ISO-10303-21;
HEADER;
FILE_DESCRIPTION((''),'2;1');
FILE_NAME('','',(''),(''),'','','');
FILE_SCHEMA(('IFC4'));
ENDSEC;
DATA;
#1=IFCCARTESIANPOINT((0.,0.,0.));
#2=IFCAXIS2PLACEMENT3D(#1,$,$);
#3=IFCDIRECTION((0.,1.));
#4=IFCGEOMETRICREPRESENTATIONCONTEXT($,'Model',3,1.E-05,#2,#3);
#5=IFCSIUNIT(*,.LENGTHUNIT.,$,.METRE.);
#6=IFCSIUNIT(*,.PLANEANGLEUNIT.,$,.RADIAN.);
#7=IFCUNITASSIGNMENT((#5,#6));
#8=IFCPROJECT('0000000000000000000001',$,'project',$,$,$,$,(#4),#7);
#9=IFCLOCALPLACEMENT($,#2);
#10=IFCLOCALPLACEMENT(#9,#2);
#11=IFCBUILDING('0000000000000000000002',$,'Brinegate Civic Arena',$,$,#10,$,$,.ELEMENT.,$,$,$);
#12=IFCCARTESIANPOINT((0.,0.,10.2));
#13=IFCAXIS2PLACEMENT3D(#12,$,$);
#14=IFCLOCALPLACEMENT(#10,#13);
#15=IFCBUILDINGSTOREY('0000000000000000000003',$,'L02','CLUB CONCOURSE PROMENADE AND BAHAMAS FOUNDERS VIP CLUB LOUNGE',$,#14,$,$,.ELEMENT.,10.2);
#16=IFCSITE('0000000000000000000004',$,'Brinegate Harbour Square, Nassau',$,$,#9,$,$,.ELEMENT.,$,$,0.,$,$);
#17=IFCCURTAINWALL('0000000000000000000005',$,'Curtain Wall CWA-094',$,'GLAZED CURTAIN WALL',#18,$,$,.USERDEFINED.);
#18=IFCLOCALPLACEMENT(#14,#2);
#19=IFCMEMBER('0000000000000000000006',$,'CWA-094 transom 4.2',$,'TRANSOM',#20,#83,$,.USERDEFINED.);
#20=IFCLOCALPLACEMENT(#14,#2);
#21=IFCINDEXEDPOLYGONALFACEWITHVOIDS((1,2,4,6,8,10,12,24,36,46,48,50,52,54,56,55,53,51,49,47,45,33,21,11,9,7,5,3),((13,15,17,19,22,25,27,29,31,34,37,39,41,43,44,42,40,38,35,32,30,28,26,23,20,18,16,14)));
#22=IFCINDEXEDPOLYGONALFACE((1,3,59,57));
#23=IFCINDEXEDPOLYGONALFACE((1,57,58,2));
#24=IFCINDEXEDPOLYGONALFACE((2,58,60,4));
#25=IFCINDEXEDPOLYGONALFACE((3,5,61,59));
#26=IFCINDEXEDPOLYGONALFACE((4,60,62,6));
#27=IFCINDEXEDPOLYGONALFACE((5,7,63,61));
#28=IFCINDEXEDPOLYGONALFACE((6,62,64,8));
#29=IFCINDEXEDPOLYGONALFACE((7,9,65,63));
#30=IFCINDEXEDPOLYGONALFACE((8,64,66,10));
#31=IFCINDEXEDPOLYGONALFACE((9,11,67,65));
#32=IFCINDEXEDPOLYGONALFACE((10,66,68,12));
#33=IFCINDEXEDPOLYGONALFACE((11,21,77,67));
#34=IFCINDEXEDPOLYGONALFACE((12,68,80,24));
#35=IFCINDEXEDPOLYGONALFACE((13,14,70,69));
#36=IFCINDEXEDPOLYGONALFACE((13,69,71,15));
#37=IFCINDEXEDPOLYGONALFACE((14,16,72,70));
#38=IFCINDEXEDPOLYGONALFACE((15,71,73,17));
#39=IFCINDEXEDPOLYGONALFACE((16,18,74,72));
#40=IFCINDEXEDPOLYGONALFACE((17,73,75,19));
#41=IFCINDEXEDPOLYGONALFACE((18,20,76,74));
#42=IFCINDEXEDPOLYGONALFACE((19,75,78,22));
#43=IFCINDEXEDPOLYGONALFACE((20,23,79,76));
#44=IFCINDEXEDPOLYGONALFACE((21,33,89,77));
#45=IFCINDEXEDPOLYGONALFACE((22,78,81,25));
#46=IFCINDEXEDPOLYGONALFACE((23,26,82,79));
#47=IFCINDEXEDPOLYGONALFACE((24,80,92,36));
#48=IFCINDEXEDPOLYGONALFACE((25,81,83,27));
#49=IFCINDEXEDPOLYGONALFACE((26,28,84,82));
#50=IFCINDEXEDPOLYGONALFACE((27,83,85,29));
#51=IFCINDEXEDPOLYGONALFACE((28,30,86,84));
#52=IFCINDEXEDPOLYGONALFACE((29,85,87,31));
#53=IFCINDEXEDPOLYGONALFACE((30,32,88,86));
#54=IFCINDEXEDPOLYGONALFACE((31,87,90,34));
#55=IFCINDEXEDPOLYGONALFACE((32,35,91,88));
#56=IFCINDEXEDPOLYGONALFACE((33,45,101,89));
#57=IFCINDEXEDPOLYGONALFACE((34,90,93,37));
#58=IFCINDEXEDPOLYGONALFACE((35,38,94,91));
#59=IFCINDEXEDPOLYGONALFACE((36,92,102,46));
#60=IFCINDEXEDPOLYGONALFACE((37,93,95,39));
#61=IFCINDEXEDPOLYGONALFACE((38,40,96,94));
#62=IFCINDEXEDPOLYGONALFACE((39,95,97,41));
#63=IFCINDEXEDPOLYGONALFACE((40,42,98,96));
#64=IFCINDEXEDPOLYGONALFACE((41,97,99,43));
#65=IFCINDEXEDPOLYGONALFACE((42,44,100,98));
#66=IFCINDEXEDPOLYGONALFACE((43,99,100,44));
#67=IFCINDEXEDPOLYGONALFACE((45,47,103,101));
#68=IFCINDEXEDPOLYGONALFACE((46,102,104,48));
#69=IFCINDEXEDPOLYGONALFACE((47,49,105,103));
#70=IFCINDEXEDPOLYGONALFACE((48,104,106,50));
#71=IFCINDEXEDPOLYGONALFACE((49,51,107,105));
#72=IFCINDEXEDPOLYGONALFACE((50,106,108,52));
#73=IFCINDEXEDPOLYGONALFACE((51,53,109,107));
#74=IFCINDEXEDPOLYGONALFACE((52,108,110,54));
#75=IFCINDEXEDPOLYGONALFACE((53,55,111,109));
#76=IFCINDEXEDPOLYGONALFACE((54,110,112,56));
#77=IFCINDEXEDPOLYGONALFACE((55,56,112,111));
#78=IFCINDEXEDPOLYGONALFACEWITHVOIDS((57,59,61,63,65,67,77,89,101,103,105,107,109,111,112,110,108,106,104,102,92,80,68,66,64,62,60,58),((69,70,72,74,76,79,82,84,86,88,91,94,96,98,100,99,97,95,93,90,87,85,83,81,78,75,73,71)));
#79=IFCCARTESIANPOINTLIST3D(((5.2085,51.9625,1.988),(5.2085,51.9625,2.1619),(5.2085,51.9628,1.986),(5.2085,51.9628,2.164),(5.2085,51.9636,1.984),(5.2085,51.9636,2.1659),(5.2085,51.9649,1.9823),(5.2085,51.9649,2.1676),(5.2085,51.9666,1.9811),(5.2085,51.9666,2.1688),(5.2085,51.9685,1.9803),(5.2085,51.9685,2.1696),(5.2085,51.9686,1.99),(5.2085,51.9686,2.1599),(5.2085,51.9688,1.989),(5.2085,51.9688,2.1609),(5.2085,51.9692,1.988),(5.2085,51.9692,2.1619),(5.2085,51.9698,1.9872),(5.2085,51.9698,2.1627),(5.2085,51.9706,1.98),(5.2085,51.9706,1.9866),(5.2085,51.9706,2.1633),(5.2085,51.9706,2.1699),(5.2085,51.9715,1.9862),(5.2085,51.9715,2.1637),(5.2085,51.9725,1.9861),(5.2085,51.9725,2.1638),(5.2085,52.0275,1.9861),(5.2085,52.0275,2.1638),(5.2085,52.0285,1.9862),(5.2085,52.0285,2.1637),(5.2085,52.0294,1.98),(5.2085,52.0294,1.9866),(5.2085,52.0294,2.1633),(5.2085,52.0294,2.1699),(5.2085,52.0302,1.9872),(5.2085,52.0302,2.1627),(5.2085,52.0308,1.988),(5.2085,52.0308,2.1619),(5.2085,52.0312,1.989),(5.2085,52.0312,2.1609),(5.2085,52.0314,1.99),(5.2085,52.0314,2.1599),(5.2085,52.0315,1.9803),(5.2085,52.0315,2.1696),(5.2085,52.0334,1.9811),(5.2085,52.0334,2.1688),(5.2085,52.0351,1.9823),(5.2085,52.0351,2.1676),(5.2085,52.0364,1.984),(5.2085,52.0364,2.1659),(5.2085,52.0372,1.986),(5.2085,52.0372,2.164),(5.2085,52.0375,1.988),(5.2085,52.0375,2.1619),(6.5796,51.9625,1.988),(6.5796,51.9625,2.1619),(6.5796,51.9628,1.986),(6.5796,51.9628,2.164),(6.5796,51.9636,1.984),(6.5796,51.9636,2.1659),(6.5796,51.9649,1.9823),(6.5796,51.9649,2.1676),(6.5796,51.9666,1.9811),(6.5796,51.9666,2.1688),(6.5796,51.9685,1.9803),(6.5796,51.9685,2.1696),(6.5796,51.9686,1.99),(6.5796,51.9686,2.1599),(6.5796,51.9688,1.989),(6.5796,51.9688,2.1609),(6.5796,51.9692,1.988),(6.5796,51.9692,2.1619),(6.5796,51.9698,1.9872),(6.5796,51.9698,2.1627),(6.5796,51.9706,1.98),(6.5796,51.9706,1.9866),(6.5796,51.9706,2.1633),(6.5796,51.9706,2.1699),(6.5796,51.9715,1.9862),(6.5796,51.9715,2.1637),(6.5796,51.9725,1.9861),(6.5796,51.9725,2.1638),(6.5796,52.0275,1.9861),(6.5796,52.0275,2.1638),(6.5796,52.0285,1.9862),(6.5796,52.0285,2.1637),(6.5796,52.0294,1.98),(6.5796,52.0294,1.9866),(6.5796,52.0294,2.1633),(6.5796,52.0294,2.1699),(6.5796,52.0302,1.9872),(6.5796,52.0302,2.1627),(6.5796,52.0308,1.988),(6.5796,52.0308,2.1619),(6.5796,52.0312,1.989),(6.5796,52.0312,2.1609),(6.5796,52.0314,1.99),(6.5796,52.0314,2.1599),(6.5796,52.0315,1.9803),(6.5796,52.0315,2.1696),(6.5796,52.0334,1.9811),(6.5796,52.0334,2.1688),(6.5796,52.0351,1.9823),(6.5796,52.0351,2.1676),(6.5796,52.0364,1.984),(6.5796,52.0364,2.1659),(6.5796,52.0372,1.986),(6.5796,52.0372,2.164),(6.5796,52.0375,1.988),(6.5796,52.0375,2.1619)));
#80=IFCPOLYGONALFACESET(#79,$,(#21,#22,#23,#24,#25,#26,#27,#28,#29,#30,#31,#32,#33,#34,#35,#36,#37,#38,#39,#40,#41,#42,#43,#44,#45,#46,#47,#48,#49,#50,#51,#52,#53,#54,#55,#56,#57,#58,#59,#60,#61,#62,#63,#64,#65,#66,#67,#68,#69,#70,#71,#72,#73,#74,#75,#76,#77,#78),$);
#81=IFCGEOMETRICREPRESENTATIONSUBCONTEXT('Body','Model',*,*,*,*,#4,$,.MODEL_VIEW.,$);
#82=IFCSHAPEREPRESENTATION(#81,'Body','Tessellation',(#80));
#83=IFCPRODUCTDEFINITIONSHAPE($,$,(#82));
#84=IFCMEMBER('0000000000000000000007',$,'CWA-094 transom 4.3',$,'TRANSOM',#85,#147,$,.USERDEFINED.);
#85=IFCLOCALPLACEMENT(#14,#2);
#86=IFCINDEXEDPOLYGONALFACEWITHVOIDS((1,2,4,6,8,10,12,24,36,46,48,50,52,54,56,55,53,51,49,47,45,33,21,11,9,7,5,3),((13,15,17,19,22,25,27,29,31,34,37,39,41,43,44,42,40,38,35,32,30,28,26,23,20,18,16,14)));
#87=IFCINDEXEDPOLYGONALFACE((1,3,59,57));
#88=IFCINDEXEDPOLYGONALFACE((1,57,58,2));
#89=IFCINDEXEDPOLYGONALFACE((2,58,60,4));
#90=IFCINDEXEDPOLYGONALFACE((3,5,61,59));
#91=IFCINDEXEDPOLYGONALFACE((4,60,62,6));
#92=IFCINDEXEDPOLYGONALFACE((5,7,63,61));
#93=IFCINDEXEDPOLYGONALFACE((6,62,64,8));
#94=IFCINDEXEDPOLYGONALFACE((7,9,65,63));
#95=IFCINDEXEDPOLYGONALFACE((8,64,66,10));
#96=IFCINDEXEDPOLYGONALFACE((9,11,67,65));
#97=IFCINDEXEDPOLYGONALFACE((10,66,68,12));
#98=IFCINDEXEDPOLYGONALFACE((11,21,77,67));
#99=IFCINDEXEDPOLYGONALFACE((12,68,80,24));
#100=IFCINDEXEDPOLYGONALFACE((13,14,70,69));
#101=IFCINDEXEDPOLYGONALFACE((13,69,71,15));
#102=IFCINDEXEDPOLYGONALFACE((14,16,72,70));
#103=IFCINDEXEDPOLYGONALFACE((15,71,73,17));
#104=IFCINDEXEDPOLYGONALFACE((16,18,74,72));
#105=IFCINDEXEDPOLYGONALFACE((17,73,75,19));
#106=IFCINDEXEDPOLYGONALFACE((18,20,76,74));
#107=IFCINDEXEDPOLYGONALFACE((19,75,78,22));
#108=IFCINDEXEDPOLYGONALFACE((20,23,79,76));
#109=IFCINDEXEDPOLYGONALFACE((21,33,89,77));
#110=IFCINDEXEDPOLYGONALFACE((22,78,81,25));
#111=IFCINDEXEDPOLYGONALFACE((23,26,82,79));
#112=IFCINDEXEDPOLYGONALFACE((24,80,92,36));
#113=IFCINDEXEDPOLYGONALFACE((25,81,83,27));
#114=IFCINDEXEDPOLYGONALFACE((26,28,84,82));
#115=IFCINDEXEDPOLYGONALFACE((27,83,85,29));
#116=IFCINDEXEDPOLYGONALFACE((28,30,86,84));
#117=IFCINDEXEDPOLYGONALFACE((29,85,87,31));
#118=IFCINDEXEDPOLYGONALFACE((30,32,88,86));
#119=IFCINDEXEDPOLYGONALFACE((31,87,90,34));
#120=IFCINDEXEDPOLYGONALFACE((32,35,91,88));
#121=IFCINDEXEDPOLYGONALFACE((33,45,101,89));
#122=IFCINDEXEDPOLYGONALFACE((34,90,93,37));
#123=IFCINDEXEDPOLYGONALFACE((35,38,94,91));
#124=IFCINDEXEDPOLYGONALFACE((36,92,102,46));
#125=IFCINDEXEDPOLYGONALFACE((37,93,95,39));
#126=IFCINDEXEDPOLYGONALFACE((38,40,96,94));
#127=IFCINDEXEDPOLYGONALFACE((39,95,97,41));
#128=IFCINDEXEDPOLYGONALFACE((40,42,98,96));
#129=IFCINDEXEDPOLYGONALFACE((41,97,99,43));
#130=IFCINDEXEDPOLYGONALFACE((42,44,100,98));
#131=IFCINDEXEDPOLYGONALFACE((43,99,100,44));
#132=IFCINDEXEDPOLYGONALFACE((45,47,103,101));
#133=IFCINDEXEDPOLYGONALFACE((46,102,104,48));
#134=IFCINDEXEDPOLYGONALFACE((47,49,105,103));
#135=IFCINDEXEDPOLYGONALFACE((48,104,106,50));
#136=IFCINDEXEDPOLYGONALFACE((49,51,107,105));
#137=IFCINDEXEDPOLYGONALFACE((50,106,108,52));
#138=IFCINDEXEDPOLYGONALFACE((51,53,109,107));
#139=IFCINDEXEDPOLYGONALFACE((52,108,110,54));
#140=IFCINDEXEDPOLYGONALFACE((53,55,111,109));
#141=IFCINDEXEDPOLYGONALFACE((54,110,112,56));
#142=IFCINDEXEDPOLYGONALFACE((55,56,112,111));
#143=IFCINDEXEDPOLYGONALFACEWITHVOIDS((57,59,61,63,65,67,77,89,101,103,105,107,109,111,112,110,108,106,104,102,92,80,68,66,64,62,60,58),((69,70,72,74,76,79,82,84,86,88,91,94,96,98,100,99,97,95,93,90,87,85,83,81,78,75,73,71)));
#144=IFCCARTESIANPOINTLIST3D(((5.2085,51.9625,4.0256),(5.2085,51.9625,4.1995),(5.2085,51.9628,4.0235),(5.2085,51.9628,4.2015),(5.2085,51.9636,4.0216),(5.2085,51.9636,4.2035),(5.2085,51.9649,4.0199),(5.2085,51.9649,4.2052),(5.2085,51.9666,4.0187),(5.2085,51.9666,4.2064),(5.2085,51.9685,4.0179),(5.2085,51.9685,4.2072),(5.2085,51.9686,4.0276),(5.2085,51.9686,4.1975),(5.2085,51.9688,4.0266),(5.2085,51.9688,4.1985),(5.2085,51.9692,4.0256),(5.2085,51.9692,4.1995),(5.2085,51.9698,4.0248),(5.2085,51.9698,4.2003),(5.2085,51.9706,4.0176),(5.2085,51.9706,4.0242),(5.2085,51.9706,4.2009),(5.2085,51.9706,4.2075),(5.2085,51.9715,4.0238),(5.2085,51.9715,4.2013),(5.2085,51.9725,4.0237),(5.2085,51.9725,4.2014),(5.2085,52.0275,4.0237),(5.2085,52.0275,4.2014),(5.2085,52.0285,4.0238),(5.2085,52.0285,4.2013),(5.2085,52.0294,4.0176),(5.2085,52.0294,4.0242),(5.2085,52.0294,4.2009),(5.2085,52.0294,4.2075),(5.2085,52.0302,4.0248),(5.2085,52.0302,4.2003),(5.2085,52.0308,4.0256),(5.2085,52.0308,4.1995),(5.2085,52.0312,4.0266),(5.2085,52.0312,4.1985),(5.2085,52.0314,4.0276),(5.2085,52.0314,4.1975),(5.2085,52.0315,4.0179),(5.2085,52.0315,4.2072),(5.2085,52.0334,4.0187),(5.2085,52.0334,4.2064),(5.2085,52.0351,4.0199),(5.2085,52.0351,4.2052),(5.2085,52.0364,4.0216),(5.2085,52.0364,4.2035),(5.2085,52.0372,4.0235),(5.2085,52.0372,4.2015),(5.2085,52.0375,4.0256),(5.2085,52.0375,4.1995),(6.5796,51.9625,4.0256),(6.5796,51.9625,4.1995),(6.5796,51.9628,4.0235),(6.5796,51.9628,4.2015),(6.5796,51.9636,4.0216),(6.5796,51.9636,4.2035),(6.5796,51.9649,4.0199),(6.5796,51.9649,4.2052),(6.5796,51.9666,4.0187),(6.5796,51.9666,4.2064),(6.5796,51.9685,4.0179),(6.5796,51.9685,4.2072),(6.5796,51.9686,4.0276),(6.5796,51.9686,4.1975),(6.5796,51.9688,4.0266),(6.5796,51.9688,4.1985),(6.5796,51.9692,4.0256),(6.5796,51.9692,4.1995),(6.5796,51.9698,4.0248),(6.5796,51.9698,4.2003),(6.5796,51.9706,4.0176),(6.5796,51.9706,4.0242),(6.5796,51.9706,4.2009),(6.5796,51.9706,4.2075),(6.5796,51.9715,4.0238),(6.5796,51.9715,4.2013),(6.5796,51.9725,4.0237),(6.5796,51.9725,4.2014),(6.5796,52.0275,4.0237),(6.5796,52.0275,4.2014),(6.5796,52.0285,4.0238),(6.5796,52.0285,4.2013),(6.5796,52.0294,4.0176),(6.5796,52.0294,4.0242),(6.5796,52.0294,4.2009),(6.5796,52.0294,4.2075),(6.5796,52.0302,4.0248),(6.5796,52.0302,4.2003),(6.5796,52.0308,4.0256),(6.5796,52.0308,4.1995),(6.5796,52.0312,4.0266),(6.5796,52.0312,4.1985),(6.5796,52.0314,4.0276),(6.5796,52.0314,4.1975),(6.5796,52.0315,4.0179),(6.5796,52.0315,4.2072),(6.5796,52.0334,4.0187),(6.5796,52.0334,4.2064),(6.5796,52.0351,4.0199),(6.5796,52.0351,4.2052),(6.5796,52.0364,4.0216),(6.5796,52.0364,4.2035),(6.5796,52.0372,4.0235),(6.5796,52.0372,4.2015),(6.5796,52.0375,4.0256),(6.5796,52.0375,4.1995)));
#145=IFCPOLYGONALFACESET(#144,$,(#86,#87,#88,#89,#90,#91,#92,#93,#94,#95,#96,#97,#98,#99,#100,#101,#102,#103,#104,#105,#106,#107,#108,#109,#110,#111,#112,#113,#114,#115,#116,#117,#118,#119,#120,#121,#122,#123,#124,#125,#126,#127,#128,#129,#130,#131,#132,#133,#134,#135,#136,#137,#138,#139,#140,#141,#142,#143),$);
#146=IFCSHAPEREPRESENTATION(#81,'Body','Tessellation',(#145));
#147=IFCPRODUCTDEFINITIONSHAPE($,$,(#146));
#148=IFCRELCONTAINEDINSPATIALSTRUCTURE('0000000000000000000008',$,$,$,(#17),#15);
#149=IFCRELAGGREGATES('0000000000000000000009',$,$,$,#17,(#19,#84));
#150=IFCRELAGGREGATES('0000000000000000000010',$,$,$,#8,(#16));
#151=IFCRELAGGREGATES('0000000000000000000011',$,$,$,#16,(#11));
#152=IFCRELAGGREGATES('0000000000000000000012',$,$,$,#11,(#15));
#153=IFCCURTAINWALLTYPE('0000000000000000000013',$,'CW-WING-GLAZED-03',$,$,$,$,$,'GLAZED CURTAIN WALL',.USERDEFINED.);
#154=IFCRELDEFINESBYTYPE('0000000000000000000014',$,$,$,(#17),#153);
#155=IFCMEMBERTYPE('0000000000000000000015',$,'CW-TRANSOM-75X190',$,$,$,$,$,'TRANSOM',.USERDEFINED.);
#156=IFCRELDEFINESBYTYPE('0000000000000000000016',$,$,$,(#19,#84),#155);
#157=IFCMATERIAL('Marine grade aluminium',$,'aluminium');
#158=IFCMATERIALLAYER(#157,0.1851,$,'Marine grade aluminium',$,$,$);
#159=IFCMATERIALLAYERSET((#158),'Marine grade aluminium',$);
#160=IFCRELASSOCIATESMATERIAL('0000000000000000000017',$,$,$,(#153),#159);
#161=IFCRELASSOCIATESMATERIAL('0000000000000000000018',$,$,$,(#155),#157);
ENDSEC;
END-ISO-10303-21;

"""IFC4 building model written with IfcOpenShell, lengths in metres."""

from ifc_helpers import new_model, si_unit, direction, frame, origin, origin_2d, place, context, subcontext, project, spatial, hollow_rectangle, extrude, material, layer, layer_set, material_profile, profile_set, type_object, element, aggregate, save


model = new_model("IFC4")

# Units and contexts
model_context = context("Model", 3, precision=1e-05, world=origin(), true_north=direction((0.0, 1.0)))
body_context = subcontext(model_context, "Body", "Model", "MODEL_VIEW")
ifc_project = project(units=[si_unit("LENGTHUNIT", "METRE"), si_unit("PLANEANGLEUNIT", "RADIAN")], contexts=[model_context])

# Site, building, storey
site_placement = place(None, origin())
site = spatial("IfcSite", under=ifc_project, at=site_placement, Name="Brinegate Harbour Square, Nassau", CompositionType="ELEMENT", RefElevation=0.0)
building_placement = place(site_placement, origin())
building = spatial("IfcBuilding", under=site, at=building_placement, Name="Brinegate Civic Arena", CompositionType="ELEMENT")
storey_placement = place(building_placement, frame((0.0, 0.0, 10.2)))
storey = spatial("IfcBuildingStorey", under=building, at=storey_placement, Name="L02", Description="CLUB CONCOURSE PROMENADE AND BAHAMAS FOUNDERS VIP CLUB LOUNGE", CompositionType="ELEMENT", Elevation=10.2)

# Curtain wall, members
ifc_material_1 = material(Name="Marine grade aluminium", Category="aluminium")
ifc_layer_1 = layer(ifc_material_1, 0.1851, Name="Marine grade aluminium")
ifc_layer_set_1 = layer_set([ifc_layer_1], Name="Marine grade aluminium")
curtain_wall_type = type_object("IfcCurtainWallType", Name="CW-WING-GLAZED-03", ElementType="GLAZED CURTAIN WALL", PredefinedType="USERDEFINED", material=ifc_layer_set_1)
curtain_wall_placement = place(storey_placement, origin())
curtain_wall = element("IfcCurtainWall", 1, at=curtain_wall_placement, inside=storey, type_object=curtain_wall_type, Name="Curtain Wall CWA-094", ObjectType="GLAZED CURTAIN WALL", PredefinedType="USERDEFINED")
ifc_material_profile_1 = material_profile(ifc_material_1, hollow_rectangle(XDim=0.075, YDim=0.1899, WallThickness=0.0061, InnerFilletRadius=0.0039, OuterFilletRadius=0.0081, at=origin_2d()), Name="TRN75X190")
ifc_profile_set_1 = profile_set([ifc_material_profile_1], Name="Marine grade aluminium")
member_type_1 = type_object("IfcMemberType", Name="CW-TRANSOM-75X190", ElementType="TRANSOM", PredefinedType="USERDEFINED", material=ifc_profile_set_1)
member_1_placement = place(storey_placement, frame((5.2085, 52.0, 2.075), z_axis=(1.0, 0.0, 0.0), x_axis=(0.0, 1.0, 0.0)))
member_1 = element("IfcMember", 2, at=member_1_placement, type_object=member_type_1, Name="CWA-094 transom 4.2", ObjectType="TRANSOM", PredefinedType="USERDEFINED", context=body_context, shape_type="SweptSolid", body=[
    extrude(hollow_rectangle(XDim=0.075, YDim=0.1899, WallThickness=0.0061, InnerFilletRadius=0.0039, OuterFilletRadius=0.0081, at=origin_2d()), origin(), (0.0, 0.0, 1.0), 1.3711),
])
member_2_placement = place(storey_placement, frame((5.2085, 52.0, 4.1125), z_axis=(1.0, 0.0, 0.0), x_axis=(0.0, 1.0, 0.0)))
member_2 = element("IfcMember", 3, at=member_2_placement, type_object=member_type_1, Name="CWA-094 transom 4.3", ObjectType="TRANSOM", PredefinedType="USERDEFINED", context=body_context, shape_type="SweptSolid", body=[
    extrude(hollow_rectangle(XDim=0.075, YDim=0.1899, WallThickness=0.0061, InnerFilletRadius=0.0039, OuterFilletRadius=0.0081, at=origin_2d()), origin(), (0.0, 0.0, 1.0), 1.3711),
])

aggregate(curtain_wall, [member_1, member_2])

save(model, "model.ifc")
